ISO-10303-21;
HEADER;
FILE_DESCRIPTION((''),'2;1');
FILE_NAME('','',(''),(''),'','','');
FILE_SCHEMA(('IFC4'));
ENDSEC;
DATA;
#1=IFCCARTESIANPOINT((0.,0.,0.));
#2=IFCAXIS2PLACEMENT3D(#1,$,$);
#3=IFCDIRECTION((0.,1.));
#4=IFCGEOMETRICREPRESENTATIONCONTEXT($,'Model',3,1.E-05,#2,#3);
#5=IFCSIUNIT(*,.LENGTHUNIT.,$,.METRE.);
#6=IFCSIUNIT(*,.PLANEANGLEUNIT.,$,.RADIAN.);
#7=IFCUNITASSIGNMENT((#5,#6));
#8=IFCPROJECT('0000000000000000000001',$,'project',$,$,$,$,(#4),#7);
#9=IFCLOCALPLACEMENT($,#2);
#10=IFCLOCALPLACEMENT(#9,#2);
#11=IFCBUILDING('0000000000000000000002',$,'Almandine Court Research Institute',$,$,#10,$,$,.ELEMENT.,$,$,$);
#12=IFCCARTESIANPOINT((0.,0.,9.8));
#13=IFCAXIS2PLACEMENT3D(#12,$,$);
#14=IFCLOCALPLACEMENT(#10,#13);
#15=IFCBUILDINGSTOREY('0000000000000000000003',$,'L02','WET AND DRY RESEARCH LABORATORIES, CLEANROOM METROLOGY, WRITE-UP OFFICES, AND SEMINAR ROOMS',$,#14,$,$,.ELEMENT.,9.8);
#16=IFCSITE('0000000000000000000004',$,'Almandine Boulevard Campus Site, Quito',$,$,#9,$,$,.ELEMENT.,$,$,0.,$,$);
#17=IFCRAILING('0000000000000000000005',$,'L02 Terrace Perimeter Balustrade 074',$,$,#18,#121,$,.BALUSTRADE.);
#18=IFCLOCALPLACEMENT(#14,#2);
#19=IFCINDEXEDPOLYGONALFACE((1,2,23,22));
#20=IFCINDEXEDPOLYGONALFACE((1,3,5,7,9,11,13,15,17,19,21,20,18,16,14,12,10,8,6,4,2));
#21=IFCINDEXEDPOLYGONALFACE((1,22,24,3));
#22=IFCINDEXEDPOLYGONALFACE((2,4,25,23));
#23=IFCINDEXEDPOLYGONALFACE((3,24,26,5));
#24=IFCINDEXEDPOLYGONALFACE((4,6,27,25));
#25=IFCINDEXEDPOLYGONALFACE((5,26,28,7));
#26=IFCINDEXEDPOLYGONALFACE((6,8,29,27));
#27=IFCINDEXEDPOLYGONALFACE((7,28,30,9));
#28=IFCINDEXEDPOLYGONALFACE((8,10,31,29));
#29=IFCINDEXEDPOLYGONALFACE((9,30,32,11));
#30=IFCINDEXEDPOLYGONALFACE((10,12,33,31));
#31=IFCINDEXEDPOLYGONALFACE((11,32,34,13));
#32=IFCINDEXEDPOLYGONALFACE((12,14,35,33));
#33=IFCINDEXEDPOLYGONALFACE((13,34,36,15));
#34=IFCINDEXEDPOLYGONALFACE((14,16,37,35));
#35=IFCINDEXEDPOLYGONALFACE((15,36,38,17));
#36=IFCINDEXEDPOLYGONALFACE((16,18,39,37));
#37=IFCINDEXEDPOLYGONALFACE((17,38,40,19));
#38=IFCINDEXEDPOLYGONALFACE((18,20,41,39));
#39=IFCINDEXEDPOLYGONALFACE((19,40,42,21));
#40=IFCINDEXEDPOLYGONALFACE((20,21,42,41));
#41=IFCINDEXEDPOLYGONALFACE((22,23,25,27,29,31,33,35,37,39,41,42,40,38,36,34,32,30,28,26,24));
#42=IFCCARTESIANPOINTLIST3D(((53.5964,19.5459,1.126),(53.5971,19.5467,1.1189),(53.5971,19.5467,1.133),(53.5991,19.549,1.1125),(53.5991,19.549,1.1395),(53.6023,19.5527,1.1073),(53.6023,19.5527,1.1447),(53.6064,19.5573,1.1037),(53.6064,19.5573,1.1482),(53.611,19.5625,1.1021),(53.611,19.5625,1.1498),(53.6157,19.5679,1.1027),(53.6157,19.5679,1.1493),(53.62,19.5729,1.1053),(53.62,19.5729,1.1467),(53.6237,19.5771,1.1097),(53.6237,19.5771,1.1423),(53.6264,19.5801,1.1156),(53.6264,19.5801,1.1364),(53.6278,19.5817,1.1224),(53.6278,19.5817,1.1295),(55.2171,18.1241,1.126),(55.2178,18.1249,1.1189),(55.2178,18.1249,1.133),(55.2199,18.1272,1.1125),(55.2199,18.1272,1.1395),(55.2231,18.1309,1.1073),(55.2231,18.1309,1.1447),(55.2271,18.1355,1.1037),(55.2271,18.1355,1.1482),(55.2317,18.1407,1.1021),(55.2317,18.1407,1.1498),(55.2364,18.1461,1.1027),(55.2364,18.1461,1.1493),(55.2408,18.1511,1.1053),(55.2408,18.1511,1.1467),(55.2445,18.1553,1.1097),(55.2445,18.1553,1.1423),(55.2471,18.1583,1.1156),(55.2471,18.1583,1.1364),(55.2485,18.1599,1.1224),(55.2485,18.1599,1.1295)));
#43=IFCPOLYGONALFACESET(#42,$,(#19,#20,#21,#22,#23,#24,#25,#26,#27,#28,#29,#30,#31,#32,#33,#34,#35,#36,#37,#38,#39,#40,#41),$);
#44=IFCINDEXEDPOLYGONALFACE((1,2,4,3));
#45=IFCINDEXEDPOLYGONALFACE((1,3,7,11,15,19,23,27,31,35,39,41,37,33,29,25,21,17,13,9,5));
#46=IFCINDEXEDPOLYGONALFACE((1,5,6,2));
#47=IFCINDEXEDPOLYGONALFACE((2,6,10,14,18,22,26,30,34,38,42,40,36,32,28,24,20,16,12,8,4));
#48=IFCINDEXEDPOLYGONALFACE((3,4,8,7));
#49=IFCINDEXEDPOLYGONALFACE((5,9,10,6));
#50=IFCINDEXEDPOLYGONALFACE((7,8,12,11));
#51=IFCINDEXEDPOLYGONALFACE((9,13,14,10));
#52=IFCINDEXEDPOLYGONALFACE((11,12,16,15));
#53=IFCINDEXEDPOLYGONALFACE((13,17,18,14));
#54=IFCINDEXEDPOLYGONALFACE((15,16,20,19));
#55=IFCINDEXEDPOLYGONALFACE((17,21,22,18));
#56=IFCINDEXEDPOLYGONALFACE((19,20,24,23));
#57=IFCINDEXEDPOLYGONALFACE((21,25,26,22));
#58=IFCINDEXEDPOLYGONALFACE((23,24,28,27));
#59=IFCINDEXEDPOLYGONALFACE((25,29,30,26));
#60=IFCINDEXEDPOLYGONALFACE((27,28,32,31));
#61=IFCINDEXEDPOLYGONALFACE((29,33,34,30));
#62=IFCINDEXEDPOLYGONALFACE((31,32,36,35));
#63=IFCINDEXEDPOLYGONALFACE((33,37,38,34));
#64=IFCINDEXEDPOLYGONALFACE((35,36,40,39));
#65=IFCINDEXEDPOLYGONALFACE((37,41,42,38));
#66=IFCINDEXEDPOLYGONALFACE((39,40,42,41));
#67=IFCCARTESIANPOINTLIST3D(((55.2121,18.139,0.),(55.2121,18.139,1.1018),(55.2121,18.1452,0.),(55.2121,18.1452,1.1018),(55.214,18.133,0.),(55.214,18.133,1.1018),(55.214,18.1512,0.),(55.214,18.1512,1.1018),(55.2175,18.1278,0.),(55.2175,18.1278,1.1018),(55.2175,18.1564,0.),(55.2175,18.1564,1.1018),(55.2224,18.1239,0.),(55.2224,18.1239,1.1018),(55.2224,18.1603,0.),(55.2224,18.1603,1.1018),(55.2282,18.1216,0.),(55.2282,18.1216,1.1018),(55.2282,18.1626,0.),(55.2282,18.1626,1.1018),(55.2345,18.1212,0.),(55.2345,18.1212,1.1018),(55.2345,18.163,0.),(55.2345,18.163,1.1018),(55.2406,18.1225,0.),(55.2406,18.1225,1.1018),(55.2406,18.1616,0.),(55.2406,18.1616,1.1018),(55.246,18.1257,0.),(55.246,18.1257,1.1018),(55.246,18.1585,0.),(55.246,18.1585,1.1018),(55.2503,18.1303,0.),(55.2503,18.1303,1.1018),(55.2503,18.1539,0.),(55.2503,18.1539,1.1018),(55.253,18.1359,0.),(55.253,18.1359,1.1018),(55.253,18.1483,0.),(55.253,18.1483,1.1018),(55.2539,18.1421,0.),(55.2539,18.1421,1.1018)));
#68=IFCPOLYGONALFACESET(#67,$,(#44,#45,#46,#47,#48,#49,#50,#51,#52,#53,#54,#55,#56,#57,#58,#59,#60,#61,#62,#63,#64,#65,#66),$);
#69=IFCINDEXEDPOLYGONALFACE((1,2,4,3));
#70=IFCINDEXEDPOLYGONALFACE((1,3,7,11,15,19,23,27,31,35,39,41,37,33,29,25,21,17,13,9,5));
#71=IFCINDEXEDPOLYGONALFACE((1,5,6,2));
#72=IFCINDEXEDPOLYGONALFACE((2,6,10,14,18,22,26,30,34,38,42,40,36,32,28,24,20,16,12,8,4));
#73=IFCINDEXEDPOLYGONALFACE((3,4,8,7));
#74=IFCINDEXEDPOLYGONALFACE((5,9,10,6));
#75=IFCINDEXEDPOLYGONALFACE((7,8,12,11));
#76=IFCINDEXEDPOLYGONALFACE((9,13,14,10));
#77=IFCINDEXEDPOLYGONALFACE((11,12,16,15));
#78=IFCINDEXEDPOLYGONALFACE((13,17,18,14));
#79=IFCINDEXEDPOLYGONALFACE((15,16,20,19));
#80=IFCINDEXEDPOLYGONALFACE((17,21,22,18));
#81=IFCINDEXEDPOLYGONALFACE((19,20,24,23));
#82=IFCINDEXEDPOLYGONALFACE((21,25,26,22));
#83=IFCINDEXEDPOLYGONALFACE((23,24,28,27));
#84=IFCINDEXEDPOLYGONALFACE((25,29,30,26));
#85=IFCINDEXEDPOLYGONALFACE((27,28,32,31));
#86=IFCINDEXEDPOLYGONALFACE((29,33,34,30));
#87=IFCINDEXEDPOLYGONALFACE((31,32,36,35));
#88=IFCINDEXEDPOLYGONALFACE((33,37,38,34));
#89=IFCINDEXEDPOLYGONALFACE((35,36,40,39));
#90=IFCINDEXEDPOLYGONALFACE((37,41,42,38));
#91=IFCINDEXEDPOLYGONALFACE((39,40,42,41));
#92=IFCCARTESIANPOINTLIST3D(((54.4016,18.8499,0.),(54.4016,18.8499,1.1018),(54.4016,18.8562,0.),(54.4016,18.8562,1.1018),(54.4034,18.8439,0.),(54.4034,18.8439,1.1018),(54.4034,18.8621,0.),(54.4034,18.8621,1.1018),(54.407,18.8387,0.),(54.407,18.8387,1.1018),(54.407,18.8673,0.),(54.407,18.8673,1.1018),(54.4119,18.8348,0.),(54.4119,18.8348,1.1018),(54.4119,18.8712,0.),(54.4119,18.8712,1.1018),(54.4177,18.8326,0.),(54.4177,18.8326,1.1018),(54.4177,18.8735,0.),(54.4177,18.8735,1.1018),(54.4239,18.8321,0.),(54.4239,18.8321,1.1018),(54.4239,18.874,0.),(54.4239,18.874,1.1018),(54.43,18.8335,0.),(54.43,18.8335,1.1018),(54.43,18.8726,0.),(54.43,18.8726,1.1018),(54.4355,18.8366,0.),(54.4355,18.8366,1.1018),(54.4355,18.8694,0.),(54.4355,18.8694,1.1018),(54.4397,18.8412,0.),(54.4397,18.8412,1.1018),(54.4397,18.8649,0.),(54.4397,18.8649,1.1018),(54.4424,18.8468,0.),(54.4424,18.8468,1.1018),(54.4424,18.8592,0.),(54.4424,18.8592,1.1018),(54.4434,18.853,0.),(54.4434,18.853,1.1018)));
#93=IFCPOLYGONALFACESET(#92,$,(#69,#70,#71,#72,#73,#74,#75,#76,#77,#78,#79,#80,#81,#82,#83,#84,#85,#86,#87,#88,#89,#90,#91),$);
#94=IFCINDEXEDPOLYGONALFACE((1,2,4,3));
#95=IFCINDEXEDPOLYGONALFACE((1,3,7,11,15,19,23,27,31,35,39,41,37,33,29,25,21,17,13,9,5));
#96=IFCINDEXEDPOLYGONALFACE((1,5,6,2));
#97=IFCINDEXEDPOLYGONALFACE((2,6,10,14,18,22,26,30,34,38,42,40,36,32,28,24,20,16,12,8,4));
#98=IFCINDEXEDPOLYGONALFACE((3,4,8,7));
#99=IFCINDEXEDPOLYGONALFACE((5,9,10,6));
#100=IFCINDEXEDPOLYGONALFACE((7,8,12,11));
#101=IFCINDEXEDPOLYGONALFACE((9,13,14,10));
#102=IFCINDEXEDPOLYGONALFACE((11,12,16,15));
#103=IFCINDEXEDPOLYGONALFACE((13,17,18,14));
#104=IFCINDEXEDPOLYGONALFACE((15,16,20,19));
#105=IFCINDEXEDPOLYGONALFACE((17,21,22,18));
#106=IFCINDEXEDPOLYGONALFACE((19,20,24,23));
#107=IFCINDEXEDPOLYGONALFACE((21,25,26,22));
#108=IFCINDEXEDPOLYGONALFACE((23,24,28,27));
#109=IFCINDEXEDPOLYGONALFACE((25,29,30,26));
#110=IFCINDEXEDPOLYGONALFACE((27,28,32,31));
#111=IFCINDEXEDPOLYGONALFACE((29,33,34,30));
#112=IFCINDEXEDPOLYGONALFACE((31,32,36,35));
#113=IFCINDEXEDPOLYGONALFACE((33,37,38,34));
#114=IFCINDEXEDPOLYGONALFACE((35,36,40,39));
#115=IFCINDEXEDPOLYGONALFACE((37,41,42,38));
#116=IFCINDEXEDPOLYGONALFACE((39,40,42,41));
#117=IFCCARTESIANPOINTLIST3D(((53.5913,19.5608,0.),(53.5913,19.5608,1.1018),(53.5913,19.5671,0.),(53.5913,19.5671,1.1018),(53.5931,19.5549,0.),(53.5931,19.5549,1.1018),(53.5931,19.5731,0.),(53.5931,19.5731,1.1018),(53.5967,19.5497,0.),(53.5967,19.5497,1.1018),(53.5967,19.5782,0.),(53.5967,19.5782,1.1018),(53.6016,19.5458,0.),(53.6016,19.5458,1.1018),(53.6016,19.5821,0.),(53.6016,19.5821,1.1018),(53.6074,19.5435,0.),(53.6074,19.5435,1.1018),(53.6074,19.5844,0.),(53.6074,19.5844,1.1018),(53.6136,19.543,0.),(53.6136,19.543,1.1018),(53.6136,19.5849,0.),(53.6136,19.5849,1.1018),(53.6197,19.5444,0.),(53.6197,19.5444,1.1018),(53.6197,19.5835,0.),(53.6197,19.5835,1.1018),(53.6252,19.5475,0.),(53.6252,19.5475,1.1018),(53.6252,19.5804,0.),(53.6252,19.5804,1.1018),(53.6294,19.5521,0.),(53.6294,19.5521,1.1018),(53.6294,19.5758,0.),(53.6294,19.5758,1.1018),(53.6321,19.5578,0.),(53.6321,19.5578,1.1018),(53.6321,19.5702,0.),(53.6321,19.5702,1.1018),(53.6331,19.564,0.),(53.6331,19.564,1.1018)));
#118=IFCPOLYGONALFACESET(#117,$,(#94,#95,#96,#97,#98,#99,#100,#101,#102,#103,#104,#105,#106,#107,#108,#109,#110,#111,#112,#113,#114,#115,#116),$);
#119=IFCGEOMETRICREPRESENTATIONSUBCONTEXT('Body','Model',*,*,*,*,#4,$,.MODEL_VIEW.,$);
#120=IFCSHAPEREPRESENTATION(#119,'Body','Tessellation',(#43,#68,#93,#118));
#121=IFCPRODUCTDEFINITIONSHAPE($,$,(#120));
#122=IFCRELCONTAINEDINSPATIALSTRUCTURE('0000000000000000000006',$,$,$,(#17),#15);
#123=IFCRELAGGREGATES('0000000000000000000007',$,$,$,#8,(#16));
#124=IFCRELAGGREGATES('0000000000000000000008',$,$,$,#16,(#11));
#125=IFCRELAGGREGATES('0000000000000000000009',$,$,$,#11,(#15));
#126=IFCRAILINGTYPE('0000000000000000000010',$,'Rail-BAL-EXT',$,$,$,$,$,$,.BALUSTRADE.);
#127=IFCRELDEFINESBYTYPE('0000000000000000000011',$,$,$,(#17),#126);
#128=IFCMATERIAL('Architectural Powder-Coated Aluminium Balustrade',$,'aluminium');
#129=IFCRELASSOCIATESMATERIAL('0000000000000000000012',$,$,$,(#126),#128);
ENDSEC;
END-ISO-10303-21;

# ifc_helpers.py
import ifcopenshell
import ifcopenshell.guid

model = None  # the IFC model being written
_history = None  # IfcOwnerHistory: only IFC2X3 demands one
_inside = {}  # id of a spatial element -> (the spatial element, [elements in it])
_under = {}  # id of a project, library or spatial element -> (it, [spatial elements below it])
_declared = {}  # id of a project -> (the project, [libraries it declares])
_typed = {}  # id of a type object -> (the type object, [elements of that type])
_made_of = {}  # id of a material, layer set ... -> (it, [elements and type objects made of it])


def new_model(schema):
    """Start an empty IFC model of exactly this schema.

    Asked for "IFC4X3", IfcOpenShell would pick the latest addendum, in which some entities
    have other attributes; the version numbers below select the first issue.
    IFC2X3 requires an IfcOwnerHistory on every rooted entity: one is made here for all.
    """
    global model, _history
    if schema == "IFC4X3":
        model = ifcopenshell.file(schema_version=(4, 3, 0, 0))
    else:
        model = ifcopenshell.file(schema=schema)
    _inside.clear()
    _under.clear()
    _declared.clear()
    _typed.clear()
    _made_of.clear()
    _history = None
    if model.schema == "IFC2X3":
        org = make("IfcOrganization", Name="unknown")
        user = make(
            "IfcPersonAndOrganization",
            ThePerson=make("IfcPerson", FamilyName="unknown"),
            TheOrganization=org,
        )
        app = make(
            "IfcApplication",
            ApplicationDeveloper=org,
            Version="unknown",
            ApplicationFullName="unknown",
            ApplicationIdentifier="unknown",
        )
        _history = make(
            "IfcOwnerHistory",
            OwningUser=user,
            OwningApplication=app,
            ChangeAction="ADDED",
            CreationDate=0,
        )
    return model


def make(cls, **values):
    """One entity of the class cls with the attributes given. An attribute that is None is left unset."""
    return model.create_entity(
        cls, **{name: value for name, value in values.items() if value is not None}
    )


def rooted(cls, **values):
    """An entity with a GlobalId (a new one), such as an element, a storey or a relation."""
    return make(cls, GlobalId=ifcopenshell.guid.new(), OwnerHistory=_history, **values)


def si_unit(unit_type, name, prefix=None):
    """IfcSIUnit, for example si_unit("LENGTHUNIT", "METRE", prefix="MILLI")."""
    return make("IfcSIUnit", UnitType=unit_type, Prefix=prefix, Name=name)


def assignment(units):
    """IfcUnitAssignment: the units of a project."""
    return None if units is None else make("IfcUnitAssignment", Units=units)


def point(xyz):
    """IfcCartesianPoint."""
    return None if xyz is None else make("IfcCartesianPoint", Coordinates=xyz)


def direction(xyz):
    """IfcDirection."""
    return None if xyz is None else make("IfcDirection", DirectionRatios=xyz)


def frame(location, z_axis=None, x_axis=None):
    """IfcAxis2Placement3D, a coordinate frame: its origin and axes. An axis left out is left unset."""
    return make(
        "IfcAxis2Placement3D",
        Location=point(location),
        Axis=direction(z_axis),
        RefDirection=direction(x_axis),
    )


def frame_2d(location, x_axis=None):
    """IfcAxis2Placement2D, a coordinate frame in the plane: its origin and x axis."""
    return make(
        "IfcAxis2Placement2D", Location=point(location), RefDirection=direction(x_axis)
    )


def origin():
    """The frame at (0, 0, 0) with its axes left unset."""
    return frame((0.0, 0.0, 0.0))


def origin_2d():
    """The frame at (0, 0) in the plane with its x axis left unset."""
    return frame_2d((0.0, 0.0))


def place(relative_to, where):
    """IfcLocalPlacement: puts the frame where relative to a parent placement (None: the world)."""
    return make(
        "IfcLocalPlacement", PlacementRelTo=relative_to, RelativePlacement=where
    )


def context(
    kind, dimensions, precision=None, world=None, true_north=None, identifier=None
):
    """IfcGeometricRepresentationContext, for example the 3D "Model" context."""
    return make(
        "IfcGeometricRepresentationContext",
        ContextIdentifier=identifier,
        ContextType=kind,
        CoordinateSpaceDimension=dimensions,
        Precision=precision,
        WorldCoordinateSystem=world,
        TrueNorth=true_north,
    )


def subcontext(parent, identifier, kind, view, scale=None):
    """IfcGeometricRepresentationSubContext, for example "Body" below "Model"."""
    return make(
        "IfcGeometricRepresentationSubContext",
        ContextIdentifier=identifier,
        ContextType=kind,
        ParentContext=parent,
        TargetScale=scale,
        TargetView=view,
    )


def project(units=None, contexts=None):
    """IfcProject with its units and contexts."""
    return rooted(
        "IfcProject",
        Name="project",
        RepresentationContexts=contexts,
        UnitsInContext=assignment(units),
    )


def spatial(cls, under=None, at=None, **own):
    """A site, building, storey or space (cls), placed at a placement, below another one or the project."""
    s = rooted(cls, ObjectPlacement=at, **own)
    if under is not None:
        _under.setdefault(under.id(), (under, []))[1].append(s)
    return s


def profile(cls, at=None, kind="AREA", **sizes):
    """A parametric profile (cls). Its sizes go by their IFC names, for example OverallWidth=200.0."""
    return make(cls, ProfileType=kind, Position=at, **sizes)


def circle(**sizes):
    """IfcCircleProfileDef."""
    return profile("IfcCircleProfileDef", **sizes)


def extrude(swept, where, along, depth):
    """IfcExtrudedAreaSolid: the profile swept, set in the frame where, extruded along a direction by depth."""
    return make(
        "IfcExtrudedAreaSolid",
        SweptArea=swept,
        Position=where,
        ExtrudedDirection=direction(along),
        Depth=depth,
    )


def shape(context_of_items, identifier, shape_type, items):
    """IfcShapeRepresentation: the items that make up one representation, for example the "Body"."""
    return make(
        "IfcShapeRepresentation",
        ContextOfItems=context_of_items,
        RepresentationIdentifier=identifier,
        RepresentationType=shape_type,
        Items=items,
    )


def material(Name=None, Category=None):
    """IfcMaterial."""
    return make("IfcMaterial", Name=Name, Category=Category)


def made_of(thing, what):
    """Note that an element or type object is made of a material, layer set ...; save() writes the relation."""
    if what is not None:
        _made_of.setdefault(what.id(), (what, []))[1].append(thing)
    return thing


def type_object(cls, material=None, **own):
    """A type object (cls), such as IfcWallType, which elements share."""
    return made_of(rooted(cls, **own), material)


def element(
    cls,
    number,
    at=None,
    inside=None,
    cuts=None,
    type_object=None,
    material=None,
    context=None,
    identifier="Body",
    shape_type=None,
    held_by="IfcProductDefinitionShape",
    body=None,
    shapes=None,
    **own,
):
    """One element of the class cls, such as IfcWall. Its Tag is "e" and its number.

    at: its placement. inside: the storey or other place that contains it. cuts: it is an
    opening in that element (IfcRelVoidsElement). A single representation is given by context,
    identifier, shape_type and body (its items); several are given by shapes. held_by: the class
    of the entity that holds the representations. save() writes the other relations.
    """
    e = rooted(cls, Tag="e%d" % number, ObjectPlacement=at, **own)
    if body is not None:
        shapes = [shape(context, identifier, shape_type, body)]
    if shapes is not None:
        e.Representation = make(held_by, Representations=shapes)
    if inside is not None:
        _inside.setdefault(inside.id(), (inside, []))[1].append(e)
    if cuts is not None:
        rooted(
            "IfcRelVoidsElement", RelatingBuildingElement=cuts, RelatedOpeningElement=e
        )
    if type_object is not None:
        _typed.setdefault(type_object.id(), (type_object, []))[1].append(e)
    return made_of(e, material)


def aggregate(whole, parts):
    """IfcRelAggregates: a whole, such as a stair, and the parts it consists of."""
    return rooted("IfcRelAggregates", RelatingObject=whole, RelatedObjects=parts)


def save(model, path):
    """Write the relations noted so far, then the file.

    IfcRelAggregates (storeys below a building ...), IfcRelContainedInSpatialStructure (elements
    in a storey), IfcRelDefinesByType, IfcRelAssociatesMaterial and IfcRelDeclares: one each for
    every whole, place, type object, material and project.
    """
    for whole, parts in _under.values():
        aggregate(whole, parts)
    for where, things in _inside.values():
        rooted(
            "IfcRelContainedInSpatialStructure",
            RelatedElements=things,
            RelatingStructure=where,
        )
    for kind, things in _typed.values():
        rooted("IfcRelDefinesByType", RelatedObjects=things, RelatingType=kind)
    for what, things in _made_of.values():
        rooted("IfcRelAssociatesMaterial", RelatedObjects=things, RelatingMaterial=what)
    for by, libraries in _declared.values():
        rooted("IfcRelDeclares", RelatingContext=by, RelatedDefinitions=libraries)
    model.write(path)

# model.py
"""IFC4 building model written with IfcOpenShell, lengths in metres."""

from ifc_helpers import new_model, si_unit, direction, frame, origin, origin_2d, place, context, subcontext, project, spatial, circle, extrude, material, type_object, element, save


model = new_model("IFC4")

# Units and contexts
model_context = context("Model", 3, precision=1e-05, world=origin(), true_north=direction((0.0, 1.0)))
body_context = subcontext(model_context, "Body", "Model", "MODEL_VIEW")
ifc_project = project(units=[si_unit("LENGTHUNIT", "METRE"), si_unit("PLANEANGLEUNIT", "RADIAN")], contexts=[model_context])

# Site, building, storey
site_placement = place(None, origin())
site = spatial("IfcSite", under=ifc_project, at=site_placement, Name="Almandine Boulevard Campus Site, Quito", CompositionType="ELEMENT", RefElevation=0.0)
building_placement = place(site_placement, origin())
building = spatial("IfcBuilding", under=site, at=building_placement, Name="Almandine Court Research Institute", CompositionType="ELEMENT")
storey_placement = place(building_placement, frame((0.0, 0.0, 9.8)))
storey = spatial("IfcBuildingStorey", under=building, at=storey_placement, Name="L02", Description="WET AND DRY RESEARCH LABORATORIES, CLEANROOM METROLOGY, WRITE-UP OFFICES, AND SEMINAR ROOMS", CompositionType="ELEMENT", Elevation=9.8)

# Railing
ifc_material_1 = material(Name="Architectural Powder-Coated Aluminium Balustrade", Category="aluminium")
railing_type = type_object("IfcRailingType", Name="Rail-BAL-EXT", PredefinedType="BALUSTRADE", material=ifc_material_1)
railing_1_placement = place(storey_placement, frame((55.2329, 18.1421, 0.0)))
element("IfcRailing", 1, at=railing_1_placement, inside=storey, type_object=railing_type, Name="L02 Terrace Perimeter Balustrade 074", PredefinedType="BALUSTRADE", context=body_context, shape_type="SweptSolid", body=[
    extrude(circle(Radius=0.0239, at=origin_2d()), frame((0.0, 0.0, 1.126), z_axis=(-0.751741, 0.659458, 0.0), x_axis=(-0.659458, -0.751741, 0.0)), (0.0, 0.0, 1.0), 2.156),
    extrude(circle(Radius=0.021, at=origin_2d()), origin(), (0.0, 0.0, 1.0), 1.1018),
    extrude(circle(Radius=0.021, at=origin_2d()), frame((-0.8105, 0.7109, 0.0)), (0.0, 0.0, 1.0), 1.1018),
    extrude(circle(Radius=0.021, at=origin_2d()), frame((-1.6208, 1.4219, 0.0)), (0.0, 0.0, 1.0), 1.1018),
])

save(model, "model.ifc")
